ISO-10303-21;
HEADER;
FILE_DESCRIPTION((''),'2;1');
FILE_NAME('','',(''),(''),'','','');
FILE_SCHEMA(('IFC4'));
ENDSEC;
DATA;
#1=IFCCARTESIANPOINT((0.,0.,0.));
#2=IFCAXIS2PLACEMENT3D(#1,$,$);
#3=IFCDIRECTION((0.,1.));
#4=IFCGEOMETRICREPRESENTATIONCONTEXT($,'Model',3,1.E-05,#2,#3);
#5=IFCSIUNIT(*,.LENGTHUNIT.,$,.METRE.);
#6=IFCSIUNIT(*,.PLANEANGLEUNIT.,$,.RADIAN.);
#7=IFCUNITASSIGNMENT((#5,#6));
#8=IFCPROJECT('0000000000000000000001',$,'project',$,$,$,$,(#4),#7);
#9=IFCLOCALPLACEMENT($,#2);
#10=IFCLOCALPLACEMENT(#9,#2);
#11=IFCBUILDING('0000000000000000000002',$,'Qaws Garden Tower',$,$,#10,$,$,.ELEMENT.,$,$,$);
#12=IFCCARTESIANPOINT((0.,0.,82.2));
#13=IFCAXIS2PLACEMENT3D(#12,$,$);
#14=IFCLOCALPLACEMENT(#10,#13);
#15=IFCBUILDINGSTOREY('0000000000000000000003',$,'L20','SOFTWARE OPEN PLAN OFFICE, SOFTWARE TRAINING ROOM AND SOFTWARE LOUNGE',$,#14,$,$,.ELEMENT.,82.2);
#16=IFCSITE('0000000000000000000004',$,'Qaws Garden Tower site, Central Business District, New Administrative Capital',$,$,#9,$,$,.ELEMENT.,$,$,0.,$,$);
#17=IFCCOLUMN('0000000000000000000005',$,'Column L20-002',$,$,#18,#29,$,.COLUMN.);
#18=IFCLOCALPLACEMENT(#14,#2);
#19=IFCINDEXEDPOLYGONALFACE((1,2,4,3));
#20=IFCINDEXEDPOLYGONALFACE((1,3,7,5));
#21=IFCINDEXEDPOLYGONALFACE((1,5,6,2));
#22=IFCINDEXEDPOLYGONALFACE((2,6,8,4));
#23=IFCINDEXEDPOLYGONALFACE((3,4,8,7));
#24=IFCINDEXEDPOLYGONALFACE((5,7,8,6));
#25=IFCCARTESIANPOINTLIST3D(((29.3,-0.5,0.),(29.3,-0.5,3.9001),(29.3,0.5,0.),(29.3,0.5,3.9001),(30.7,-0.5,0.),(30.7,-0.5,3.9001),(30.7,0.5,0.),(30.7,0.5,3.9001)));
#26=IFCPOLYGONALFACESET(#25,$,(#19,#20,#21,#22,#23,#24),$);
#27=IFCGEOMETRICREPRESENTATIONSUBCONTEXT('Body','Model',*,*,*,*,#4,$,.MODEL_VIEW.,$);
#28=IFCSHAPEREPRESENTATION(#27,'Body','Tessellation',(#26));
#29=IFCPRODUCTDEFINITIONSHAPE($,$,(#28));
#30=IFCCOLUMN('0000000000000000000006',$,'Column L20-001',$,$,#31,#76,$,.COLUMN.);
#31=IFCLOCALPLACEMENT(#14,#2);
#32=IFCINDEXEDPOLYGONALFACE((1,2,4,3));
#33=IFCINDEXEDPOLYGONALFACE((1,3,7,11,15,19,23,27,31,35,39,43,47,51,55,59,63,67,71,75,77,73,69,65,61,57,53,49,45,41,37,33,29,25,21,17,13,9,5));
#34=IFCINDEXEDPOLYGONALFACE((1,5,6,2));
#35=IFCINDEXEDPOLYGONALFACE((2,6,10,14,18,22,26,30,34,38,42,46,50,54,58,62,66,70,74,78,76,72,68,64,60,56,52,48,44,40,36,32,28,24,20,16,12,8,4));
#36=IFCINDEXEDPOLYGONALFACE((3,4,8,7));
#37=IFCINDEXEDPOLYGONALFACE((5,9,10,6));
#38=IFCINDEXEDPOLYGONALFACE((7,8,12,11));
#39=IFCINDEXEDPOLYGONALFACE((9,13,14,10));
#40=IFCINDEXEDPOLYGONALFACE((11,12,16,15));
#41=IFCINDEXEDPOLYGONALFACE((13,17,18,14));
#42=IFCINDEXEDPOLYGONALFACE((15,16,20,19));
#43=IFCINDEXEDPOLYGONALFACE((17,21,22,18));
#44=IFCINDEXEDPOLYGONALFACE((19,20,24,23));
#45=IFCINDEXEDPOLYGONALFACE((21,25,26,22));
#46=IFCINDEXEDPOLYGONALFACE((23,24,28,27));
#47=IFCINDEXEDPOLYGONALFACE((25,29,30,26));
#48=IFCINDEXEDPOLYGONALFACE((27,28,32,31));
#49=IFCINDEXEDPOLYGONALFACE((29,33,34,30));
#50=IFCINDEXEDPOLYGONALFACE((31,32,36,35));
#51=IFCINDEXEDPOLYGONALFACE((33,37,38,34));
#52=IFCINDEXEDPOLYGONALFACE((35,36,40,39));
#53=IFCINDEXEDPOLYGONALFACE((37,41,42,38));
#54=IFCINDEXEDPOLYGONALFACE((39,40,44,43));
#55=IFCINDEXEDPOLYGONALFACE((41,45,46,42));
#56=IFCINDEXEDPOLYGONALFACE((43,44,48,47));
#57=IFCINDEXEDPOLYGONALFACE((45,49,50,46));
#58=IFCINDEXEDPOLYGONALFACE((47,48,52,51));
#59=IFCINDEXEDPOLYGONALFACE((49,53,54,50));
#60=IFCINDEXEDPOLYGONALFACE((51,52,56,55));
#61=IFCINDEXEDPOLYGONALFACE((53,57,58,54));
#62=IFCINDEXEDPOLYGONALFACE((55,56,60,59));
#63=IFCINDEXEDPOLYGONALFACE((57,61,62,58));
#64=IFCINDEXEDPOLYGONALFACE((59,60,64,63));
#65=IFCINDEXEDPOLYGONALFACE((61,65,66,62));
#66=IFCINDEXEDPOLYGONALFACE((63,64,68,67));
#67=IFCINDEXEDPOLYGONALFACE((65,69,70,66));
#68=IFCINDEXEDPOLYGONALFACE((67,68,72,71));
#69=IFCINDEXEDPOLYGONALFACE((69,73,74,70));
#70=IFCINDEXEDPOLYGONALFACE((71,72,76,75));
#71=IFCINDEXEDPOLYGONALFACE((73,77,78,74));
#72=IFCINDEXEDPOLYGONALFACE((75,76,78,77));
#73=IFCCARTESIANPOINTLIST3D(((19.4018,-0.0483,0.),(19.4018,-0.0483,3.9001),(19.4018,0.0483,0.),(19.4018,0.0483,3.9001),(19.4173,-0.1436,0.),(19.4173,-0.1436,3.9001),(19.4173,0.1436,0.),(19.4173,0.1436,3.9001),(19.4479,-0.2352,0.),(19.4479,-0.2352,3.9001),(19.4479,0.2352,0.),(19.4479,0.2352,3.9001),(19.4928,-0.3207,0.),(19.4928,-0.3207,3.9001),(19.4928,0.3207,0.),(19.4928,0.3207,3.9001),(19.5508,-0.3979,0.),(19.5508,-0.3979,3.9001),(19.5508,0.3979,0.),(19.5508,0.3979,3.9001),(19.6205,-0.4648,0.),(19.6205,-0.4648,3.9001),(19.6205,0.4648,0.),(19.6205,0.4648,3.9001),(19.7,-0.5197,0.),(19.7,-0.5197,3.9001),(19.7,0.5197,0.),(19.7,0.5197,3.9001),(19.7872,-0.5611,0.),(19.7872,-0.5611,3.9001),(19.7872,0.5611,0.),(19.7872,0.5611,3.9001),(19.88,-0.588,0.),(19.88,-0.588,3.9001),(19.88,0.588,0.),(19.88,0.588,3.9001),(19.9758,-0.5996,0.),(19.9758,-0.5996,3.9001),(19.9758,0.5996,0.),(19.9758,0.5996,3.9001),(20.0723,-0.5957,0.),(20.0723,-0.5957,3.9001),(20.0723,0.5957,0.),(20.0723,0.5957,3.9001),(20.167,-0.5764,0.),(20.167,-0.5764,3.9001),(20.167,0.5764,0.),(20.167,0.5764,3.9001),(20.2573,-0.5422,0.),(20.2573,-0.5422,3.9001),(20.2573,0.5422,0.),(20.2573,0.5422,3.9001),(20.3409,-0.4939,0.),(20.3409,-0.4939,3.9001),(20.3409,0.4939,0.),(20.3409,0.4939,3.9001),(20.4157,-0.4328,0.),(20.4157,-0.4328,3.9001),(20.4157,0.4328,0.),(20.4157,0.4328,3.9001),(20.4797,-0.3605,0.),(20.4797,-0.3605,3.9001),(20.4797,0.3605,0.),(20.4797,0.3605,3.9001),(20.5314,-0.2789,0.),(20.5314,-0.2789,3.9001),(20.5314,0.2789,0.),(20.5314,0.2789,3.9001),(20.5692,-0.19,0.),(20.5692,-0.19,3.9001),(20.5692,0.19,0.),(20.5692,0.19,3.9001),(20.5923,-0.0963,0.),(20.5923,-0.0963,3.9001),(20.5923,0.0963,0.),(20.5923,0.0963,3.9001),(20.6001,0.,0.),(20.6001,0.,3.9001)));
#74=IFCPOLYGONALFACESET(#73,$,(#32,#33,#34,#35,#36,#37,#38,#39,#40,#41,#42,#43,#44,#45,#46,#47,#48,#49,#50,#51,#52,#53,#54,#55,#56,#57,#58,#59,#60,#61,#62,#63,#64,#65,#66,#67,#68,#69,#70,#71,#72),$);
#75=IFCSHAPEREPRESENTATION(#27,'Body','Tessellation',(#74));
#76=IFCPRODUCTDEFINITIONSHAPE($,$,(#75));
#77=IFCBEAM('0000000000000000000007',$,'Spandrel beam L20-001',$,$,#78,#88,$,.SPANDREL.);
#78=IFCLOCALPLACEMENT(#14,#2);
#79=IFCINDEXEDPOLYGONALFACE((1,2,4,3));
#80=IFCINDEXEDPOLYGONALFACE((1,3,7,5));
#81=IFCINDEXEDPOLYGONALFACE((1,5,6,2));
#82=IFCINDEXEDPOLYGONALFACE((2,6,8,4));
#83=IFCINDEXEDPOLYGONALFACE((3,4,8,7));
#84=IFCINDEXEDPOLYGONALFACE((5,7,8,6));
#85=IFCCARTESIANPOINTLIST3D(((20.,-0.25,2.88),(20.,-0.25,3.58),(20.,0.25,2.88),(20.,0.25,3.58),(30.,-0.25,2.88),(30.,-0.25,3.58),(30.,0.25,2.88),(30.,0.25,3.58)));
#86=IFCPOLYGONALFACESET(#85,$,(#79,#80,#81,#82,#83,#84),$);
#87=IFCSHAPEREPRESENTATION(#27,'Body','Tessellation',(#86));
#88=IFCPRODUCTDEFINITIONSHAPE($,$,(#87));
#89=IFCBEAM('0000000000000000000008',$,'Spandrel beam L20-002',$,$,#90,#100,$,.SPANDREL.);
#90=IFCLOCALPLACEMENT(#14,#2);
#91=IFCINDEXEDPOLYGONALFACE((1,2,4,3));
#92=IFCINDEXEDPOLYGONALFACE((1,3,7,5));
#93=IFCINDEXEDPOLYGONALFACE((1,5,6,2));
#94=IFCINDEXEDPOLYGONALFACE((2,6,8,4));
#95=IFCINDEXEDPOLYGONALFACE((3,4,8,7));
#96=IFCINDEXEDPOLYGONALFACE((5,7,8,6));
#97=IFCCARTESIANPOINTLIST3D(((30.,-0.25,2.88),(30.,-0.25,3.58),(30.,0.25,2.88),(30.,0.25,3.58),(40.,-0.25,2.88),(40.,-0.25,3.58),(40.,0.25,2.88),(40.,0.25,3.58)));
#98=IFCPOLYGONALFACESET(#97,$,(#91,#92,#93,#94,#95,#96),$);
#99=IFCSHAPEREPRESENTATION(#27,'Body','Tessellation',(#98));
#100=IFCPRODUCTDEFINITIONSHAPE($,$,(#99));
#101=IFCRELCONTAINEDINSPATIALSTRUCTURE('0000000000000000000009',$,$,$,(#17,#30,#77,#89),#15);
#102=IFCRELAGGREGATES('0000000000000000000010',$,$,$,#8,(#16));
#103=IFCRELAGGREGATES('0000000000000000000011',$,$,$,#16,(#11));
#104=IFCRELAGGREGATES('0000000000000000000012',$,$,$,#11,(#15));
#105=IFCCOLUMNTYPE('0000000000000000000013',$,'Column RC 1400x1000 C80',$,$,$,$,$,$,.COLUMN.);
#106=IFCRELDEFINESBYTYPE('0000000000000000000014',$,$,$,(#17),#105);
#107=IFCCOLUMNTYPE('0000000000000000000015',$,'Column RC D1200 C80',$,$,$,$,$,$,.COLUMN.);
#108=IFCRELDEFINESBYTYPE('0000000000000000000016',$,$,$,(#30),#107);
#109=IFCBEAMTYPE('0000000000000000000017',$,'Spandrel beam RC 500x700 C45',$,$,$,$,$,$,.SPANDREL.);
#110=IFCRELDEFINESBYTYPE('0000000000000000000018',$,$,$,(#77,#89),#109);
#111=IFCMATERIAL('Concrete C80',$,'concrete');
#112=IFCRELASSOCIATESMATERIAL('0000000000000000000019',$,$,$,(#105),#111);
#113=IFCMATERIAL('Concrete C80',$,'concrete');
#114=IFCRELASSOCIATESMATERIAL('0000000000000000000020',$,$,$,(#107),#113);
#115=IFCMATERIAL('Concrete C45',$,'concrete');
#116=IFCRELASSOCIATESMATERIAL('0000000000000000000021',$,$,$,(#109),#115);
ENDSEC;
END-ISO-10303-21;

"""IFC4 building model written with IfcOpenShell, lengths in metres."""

from ifc_helpers import new_model, si_unit, direction, frame, origin, origin_2d, place, context, subcontext, project, spatial, rectangle, circle, extrude, material, material_profile, profile_set, type_object, element, save


model = new_model("IFC4")

# Units and contexts
model_context = context("Model", 3, precision=1e-05, world=origin(), true_north=direction((0.0, 1.0)))
body_context = subcontext(model_context, "Body", "Model", "MODEL_VIEW")
ifc_project = project(units=[si_unit("LENGTHUNIT", "METRE"), si_unit("PLANEANGLEUNIT", "RADIAN")], contexts=[model_context])

# Site, building, storey
site_placement = place(None, origin())
site = spatial("IfcSite", under=ifc_project, at=site_placement, Name="Qaws Garden Tower site, Central Business District, New Administrative Capital", CompositionType="ELEMENT", RefElevation=0.0)
building_placement = place(site_placement, origin())
building = spatial("IfcBuilding", under=site, at=building_placement, Name="Qaws Garden Tower", CompositionType="ELEMENT")
storey_placement = place(building_placement, frame((0.0, 0.0, 82.2)))
storey = spatial("IfcBuildingStorey", under=building, at=storey_placement, Name="L20", Description="SOFTWARE OPEN PLAN OFFICE, SOFTWARE TRAINING ROOM AND SOFTWARE LOUNGE", CompositionType="ELEMENT", Elevation=82.2)

# Columns
ifc_material_1 = material(Name="Concrete C80", Category="concrete")
ifc_material_profile_1 = material_profile(ifc_material_1, rectangle(XDim=1.3999, YDim=1.0, at=origin_2d()), Name="RC 1400x1000")
ifc_profile_set_1 = profile_set([ifc_material_profile_1], Name="Concrete C80")
column_type_1 = type_object("IfcColumnType", Name="Column RC 1400x1000 C80", PredefinedType="COLUMN", material=ifc_profile_set_1)
column_1_placement = place(storey_placement, frame((30.0, 0.0, 0.0), z_axis=(0.0, 0.0, 1.0), x_axis=(1.0, 0.0, 0.0)))
element("IfcColumn", 1, at=column_1_placement, inside=storey, type_object=column_type_1, Name="Column L20-002", PredefinedType="COLUMN", context=body_context, shape_type="SweptSolid", body=[
    extrude(rectangle(XDim=1.3999, YDim=1.0, at=origin_2d()), origin(), (0.0, 0.0, 1.0), 3.9001),
])
ifc_material_2 = material(Name="Concrete C80", Category="concrete")
ifc_material_profile_2 = material_profile(ifc_material_2, circle(Radius=0.6001, at=origin_2d()), Name="RC D1200")
ifc_profile_set_2 = profile_set([ifc_material_profile_2], Name="Concrete C80")
column_type_2 = type_object("IfcColumnType", Name="Column RC D1200 C80", PredefinedType="COLUMN", material=ifc_profile_set_2)
column_2_placement = place(storey_placement, frame((20.0, 0.0, 0.0), z_axis=(0.0, 0.0, 1.0), x_axis=(1.0, 0.0, 0.0)))
element("IfcColumn", 2, at=column_2_placement, inside=storey, type_object=column_type_2, Name="Column L20-001", PredefinedType="COLUMN", context=body_context, shape_type="SweptSolid", body=[
    extrude(circle(Radius=0.6001, at=origin_2d()), origin(), (0.0, 0.0, 1.0), 3.9001),
])

# Beams
ifc_material_3 = material(Name="Concrete C45", Category="concrete")
ifc_material_profile_3 = material_profile(ifc_material_3, rectangle(XDim=0.5, YDim=0.7, at=origin_2d()), Name="RC 500x700")
ifc_profile_set_3 = profile_set([ifc_material_profile_3], Name="Concrete C45")
beam_type = type_object("IfcBeamType", Name="Spandrel beam RC 500x700 C45", PredefinedType="SPANDREL", material=ifc_profile_set_3)
for number, where, z_axis, x_axis, name in (
    (3, (20.0, 0.0, 3.23), (1.0, 0.0, 0.0), (0.0, 1.0, 0.0), "Spandrel beam L20-001"),
    (4, (30.0, 0.0, 3.23), (1.0, 0.0, 0.0), (0.0, 1.0, 0.0), "Spandrel beam L20-002"),
):
    element("IfcBeam", number, at=place(storey_placement, frame(where, z_axis=z_axis, x_axis=x_axis)), inside=storey, type_object=beam_type, Name=name, PredefinedType="SPANDREL", context=body_context, shape_type="SweptSolid", body=[
        extrude(rectangle(XDim=0.5, YDim=0.7, at=origin_2d()), origin(), (0.0, 0.0, 1.0), 10.0),
    ])

save(model, "model.ifc")
